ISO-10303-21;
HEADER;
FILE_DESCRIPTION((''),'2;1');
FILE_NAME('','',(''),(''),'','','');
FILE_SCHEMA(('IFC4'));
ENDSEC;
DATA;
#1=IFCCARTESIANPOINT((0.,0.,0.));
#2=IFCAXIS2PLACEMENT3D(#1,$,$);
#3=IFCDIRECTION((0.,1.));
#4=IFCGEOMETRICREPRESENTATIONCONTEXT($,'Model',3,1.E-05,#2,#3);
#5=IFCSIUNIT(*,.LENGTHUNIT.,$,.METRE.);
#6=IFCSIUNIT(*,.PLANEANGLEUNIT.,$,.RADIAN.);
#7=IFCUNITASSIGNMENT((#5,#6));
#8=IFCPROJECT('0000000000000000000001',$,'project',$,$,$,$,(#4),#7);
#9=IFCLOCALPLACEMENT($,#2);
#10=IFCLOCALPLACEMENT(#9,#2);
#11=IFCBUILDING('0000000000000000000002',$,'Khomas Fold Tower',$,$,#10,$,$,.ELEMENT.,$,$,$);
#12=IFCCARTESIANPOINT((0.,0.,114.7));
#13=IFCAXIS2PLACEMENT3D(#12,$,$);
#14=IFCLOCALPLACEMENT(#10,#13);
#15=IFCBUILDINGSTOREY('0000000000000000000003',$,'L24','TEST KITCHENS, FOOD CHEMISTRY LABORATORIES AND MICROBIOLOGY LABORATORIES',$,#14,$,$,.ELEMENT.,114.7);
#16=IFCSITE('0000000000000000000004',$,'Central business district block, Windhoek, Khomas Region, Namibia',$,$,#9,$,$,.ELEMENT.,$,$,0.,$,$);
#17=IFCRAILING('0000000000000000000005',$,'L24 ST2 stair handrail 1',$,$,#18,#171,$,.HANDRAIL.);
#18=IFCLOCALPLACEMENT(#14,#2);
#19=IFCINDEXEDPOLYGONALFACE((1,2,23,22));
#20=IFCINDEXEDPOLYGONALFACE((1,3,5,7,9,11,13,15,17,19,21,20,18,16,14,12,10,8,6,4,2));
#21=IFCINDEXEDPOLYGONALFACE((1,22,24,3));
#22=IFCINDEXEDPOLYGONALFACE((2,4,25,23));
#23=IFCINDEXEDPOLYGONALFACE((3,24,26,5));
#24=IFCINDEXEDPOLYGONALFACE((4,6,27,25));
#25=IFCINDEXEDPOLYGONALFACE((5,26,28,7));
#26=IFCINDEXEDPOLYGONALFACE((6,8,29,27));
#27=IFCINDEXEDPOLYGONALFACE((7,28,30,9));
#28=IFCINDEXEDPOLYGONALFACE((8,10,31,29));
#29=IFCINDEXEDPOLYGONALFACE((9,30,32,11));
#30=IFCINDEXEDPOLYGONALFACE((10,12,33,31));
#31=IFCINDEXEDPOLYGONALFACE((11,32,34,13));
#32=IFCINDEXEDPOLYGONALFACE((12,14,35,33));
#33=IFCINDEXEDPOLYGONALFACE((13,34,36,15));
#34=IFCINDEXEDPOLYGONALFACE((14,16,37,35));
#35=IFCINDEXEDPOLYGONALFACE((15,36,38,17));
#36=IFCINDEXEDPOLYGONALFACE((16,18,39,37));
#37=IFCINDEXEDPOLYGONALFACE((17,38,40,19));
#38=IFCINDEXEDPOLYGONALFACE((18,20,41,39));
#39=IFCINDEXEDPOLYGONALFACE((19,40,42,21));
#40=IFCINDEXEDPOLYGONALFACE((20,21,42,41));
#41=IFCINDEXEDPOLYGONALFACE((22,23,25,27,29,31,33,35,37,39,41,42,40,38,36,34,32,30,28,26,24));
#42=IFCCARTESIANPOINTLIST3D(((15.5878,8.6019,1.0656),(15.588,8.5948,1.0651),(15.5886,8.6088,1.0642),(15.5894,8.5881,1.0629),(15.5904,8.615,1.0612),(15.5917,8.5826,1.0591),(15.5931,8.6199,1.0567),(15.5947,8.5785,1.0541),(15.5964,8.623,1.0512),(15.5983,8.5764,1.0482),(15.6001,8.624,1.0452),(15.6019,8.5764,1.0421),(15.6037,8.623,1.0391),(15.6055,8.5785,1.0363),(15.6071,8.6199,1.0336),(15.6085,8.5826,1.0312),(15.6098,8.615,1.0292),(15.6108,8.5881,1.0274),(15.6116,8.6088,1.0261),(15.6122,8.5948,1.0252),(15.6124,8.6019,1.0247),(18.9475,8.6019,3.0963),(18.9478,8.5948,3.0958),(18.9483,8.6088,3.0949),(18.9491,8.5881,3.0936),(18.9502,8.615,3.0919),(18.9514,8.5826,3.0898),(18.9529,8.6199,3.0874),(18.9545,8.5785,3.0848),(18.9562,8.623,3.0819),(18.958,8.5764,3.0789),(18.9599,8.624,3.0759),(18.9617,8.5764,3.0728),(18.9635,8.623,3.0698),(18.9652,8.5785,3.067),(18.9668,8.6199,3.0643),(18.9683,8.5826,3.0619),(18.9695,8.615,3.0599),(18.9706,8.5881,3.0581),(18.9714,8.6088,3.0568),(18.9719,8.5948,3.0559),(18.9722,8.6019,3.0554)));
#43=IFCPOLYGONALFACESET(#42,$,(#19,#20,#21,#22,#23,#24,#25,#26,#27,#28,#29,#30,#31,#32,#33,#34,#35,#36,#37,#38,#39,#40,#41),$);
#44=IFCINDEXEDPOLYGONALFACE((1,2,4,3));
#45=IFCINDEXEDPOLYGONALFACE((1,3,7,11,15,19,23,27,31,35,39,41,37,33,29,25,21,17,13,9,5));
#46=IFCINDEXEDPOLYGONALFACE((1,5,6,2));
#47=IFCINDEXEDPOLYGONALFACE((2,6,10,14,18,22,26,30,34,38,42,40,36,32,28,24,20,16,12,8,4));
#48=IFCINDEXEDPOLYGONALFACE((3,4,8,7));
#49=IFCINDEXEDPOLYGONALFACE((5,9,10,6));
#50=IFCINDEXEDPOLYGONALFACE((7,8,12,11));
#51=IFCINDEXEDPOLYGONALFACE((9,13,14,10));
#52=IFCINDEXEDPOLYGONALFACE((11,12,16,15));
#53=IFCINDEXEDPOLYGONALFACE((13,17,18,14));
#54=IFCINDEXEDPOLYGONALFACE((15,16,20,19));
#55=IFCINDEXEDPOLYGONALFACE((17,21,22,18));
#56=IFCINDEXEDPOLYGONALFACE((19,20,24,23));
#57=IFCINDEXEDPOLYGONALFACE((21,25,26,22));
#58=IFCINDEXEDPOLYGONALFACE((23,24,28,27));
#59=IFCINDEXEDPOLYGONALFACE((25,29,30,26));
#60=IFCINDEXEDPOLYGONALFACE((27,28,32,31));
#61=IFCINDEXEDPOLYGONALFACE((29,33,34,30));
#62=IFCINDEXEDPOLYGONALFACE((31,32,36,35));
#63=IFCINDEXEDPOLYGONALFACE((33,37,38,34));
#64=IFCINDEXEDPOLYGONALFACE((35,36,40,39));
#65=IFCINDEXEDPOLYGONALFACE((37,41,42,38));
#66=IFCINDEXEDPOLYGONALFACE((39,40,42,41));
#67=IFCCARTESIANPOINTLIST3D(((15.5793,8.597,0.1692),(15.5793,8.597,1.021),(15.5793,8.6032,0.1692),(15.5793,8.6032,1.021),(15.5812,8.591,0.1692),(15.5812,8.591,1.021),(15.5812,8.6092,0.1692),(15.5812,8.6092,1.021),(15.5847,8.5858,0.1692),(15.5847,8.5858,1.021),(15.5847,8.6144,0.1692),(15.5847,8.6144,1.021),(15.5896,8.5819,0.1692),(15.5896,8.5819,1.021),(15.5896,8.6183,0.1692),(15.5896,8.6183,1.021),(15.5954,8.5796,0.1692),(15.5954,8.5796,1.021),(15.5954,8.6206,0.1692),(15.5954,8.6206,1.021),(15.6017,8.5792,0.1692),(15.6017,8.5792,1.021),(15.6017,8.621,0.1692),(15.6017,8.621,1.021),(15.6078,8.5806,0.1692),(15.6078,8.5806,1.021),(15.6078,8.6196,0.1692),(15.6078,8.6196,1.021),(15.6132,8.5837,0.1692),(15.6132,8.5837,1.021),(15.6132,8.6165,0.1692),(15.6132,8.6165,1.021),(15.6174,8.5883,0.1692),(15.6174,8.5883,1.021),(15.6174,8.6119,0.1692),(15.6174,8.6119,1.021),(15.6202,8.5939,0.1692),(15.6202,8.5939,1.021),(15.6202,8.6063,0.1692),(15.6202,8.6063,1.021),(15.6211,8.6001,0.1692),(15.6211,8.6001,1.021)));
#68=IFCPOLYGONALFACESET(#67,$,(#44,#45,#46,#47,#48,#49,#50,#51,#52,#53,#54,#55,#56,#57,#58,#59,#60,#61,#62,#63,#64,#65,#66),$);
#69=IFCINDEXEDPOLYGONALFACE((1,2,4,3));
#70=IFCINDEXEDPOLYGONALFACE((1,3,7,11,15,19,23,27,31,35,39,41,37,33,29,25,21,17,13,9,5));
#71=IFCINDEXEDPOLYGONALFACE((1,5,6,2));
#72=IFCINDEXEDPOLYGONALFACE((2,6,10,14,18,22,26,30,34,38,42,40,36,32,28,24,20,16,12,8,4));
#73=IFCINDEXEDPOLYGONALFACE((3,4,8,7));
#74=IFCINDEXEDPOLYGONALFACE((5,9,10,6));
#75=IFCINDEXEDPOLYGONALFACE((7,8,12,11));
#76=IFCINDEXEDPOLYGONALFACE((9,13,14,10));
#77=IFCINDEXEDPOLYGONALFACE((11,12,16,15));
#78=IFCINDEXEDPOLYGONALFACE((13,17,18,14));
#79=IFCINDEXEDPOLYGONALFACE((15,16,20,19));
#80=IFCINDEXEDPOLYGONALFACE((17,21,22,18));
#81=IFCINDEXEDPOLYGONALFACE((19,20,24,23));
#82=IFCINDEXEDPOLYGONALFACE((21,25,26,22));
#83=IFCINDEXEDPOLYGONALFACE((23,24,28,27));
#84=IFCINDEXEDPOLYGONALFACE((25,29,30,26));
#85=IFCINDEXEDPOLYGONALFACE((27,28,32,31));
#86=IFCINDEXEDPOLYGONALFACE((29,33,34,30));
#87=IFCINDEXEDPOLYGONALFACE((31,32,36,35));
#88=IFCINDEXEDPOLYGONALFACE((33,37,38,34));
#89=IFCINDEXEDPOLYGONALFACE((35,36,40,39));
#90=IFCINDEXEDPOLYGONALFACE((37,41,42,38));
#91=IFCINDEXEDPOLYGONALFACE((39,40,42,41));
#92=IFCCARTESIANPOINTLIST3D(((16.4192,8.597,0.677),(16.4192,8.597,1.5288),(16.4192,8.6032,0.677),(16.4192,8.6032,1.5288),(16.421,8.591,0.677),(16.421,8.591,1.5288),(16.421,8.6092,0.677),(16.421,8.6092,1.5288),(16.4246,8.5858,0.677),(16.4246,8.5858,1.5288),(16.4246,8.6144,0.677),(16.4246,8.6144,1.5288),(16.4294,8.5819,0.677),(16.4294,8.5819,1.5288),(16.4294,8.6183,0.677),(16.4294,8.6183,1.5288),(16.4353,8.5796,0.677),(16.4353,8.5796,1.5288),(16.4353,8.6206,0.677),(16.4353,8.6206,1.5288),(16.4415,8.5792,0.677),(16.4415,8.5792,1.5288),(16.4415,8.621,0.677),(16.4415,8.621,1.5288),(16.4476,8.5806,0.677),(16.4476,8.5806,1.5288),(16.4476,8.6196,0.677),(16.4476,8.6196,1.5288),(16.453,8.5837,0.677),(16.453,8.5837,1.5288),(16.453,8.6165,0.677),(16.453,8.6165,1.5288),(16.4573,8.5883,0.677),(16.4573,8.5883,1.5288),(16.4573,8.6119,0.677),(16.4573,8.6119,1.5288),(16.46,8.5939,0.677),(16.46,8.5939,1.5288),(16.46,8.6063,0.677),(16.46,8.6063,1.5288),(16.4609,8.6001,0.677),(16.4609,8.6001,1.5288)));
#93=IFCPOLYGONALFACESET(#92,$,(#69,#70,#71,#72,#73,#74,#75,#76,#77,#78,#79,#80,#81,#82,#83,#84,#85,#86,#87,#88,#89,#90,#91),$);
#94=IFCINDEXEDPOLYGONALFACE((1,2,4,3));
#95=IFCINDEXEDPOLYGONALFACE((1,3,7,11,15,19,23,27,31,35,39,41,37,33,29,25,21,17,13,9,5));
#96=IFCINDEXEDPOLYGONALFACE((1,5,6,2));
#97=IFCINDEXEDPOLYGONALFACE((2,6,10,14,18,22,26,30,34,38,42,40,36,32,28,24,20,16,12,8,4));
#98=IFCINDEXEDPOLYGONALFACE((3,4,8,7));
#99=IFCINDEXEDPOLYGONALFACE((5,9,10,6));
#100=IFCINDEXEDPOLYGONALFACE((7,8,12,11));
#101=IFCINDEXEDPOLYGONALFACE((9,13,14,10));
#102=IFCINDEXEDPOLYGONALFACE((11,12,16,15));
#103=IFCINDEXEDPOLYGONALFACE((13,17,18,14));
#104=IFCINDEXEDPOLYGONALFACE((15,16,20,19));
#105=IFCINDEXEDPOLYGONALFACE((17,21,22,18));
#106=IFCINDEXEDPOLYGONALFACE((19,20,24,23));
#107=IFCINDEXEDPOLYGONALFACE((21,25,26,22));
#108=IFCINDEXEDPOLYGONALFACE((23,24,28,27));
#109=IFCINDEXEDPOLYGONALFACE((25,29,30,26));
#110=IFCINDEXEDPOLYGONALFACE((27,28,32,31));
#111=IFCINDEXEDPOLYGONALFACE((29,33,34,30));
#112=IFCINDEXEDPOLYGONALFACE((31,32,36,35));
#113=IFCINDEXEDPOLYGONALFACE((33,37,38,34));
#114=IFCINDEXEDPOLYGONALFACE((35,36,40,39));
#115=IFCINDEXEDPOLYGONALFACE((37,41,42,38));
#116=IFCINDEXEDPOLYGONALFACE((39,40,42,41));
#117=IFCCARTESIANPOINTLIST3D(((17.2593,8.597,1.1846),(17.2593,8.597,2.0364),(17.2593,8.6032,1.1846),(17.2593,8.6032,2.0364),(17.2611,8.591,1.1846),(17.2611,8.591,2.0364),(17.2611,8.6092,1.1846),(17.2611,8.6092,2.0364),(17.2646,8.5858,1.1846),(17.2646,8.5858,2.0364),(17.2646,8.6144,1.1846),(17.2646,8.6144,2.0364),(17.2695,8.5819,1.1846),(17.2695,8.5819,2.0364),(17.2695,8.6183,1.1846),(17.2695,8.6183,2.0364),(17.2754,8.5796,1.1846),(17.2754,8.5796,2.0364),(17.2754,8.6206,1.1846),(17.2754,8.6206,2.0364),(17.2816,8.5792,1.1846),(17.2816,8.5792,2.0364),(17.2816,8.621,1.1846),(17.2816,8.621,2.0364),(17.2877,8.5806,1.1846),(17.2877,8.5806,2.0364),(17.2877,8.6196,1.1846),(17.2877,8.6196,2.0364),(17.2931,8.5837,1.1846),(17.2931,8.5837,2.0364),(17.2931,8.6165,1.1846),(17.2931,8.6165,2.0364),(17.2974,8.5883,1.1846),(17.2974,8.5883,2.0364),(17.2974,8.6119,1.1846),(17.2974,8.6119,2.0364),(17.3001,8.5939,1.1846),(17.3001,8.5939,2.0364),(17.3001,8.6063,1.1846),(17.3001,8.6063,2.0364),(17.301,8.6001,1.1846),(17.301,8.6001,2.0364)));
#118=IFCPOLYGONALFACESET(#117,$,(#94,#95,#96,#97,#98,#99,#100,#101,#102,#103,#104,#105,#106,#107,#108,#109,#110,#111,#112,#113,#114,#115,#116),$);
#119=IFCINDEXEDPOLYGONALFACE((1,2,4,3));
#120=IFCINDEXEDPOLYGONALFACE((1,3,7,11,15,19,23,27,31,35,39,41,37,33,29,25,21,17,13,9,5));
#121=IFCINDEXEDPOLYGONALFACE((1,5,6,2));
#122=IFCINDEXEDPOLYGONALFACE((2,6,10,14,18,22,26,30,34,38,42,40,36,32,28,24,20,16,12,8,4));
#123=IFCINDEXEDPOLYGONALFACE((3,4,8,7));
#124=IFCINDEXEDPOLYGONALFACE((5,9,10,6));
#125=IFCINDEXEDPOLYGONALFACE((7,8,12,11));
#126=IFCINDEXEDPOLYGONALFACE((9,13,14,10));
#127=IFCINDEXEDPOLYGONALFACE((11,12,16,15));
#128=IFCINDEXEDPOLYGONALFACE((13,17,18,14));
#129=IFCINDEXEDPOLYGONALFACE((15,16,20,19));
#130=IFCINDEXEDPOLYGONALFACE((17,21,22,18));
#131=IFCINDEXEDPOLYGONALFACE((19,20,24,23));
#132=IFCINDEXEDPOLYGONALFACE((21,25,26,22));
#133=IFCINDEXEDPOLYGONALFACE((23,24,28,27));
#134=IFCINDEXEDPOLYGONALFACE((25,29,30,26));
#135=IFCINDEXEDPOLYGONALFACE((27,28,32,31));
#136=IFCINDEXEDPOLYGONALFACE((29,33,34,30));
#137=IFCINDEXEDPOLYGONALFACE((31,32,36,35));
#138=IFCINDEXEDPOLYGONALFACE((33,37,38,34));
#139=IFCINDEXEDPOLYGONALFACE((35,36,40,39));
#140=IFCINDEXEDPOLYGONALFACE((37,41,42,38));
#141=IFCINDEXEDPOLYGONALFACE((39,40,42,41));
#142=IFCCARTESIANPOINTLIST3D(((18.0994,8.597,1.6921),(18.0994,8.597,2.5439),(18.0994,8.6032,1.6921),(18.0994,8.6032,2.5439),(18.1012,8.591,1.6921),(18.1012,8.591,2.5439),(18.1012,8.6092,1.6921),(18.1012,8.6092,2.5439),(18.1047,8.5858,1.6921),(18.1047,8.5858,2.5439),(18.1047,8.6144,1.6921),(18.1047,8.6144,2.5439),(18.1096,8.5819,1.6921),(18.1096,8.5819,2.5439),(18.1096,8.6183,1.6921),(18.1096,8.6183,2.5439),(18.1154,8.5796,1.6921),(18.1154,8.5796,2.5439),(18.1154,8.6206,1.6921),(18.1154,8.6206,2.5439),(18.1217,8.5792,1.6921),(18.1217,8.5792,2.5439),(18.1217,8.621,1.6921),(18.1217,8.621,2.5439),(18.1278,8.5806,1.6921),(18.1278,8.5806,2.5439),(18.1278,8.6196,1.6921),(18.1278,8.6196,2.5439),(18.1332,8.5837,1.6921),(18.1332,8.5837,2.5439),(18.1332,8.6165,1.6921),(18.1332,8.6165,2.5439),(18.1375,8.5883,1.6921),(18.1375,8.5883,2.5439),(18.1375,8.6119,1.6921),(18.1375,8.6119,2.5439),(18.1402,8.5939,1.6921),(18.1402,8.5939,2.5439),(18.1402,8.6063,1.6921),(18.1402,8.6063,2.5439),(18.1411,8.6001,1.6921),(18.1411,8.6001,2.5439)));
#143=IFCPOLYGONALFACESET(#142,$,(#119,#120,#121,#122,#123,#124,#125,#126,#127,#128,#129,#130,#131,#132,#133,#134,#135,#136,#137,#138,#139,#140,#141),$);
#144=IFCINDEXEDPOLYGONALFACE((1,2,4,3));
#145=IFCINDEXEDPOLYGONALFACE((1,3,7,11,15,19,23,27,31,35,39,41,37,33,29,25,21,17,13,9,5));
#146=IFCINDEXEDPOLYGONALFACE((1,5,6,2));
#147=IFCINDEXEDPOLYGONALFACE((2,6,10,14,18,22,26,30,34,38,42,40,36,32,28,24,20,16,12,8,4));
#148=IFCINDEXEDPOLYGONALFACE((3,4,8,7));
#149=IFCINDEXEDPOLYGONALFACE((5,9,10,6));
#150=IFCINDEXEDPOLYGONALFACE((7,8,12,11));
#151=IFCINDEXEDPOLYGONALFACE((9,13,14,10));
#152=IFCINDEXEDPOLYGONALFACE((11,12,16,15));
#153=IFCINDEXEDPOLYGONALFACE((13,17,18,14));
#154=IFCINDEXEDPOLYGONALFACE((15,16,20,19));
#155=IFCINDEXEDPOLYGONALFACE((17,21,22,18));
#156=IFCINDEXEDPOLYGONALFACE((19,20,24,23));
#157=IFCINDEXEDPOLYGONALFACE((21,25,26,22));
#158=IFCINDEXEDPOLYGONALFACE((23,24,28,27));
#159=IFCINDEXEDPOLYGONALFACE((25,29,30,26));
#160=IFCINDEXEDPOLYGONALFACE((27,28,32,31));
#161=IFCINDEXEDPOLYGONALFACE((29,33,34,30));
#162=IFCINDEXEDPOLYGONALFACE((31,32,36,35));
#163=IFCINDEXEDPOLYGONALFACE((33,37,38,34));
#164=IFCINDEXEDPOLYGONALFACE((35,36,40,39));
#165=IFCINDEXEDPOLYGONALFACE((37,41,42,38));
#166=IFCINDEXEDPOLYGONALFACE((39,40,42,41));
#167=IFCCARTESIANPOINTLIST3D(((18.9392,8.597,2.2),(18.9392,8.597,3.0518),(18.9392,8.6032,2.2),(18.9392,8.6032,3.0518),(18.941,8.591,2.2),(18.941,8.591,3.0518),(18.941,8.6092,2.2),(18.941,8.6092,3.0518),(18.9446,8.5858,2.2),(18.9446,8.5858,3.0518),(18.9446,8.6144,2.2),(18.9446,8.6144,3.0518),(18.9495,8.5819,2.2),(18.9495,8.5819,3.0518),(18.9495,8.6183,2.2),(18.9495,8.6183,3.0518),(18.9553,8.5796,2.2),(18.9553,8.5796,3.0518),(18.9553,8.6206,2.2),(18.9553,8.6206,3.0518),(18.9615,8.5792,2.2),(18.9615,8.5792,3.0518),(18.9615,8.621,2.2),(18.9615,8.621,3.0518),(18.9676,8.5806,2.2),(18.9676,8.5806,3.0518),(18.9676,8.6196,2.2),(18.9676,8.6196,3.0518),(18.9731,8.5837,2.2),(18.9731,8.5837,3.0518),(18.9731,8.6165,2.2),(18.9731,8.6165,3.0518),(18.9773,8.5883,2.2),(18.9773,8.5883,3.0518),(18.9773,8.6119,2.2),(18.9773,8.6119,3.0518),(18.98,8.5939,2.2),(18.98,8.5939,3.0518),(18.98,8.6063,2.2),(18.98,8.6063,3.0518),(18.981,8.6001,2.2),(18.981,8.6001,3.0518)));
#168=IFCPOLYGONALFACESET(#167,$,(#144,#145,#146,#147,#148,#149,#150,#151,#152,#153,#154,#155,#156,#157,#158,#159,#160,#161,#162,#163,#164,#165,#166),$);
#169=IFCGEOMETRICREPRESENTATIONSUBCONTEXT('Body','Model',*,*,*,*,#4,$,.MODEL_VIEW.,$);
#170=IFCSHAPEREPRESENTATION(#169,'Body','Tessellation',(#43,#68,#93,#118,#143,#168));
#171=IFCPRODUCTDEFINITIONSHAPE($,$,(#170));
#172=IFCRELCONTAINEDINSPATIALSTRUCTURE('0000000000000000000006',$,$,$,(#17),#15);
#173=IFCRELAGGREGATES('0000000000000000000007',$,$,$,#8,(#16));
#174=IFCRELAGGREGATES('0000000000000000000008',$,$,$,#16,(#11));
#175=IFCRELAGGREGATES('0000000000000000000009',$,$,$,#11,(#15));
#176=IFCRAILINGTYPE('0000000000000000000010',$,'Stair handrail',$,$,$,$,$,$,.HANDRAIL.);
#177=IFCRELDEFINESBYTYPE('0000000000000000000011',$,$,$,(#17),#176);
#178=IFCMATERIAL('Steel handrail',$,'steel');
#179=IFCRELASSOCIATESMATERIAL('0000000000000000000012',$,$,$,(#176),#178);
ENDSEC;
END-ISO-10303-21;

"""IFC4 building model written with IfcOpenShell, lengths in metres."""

from ifc_helpers import new_model, si_unit, direction, frame, origin, origin_2d, place, context, subcontext, project, spatial, circle, extrude, source, transform, mapped, material, type_object, element, save


model = new_model("IFC4")

# Units and contexts
model_context = context("Model", 3, precision=1e-05, world=origin(), true_north=direction((0.0, 1.0)))
body_context = subcontext(model_context, "Body", "Model", "MODEL_VIEW")
ifc_project = project(units=[si_unit("LENGTHUNIT", "METRE"), si_unit("PLANEANGLEUNIT", "RADIAN")], contexts=[model_context])

# Site, building, storey
site_placement = place(None, origin())
site = spatial("IfcSite", under=ifc_project, at=site_placement, Name="Central business district block, Windhoek, Khomas Region, Namibia", CompositionType="ELEMENT", RefElevation=0.0)
building_placement = place(site_placement, origin())
building = spatial("IfcBuilding", under=site, at=building_placement, Name="Khomas Fold Tower", CompositionType="ELEMENT")
storey_placement = place(building_placement, frame((0.0, 0.0, 114.7)))
storey = spatial("IfcBuildingStorey", under=building, at=storey_placement, Name="L24", Description="TEST KITCHENS, FOOD CHEMISTRY LABORATORIES AND MICROBIOLOGY LABORATORIES", CompositionType="ELEMENT", Elevation=114.7)

# Railing
ifc_material_1 = material(Name="Steel handrail", Category="steel")
railing_type_1 = type_object("IfcRailingType", Name="Stair handrail", PredefinedType="HANDRAIL", material=ifc_material_1)
shared_shape_1 = source(origin(), body_context, "Body", "SweptSolid", [
    extrude(circle(Radius=0.0239, at=origin_2d()), frame((0.0, 0.0, 0.876), z_axis=(0.85582, 0.0, 0.517273), x_axis=(0.0, 1.0, 0.0)), (0.0, 0.0, 1.0), 3.9258),
    extrude(circle(Radius=0.021, at=origin_2d()), origin(), (0.0, 0.0, 1.0), 0.8518),
    extrude(circle(Radius=0.021, at=origin_2d()), frame((0.8398, 0.0, 0.5078)), (0.0, 0.0, 1.0), 0.8518),
    extrude(circle(Radius=0.021, at=origin_2d()), frame((1.6799, 0.0, 1.0154)), (0.0, 0.0, 1.0), 0.8518),
    extrude(circle(Radius=0.021, at=origin_2d()), frame((2.52, 0.0, 1.5229)), (0.0, 0.0, 1.0), 0.8518),
    extrude(circle(Radius=0.021, at=origin_2d()), frame((3.3599, 0.0, 2.0308)), (0.0, 0.0, 1.0), 0.8518),
])
railing_1_placement = place(storey_placement, frame((15.6001, 8.6001, 0.1692)))
element("IfcRailing", 1, at=railing_1_placement, inside=storey, type_object=railing_type_1, Name="L24 ST2 stair handrail 1", PredefinedType="HANDRAIL", context=body_context, shape_type="MappedRepresentation", body=[
    mapped(shared_shape_1, transform((0.0, 0.0, 0.0))),
])

save(model, "model.ifc")
